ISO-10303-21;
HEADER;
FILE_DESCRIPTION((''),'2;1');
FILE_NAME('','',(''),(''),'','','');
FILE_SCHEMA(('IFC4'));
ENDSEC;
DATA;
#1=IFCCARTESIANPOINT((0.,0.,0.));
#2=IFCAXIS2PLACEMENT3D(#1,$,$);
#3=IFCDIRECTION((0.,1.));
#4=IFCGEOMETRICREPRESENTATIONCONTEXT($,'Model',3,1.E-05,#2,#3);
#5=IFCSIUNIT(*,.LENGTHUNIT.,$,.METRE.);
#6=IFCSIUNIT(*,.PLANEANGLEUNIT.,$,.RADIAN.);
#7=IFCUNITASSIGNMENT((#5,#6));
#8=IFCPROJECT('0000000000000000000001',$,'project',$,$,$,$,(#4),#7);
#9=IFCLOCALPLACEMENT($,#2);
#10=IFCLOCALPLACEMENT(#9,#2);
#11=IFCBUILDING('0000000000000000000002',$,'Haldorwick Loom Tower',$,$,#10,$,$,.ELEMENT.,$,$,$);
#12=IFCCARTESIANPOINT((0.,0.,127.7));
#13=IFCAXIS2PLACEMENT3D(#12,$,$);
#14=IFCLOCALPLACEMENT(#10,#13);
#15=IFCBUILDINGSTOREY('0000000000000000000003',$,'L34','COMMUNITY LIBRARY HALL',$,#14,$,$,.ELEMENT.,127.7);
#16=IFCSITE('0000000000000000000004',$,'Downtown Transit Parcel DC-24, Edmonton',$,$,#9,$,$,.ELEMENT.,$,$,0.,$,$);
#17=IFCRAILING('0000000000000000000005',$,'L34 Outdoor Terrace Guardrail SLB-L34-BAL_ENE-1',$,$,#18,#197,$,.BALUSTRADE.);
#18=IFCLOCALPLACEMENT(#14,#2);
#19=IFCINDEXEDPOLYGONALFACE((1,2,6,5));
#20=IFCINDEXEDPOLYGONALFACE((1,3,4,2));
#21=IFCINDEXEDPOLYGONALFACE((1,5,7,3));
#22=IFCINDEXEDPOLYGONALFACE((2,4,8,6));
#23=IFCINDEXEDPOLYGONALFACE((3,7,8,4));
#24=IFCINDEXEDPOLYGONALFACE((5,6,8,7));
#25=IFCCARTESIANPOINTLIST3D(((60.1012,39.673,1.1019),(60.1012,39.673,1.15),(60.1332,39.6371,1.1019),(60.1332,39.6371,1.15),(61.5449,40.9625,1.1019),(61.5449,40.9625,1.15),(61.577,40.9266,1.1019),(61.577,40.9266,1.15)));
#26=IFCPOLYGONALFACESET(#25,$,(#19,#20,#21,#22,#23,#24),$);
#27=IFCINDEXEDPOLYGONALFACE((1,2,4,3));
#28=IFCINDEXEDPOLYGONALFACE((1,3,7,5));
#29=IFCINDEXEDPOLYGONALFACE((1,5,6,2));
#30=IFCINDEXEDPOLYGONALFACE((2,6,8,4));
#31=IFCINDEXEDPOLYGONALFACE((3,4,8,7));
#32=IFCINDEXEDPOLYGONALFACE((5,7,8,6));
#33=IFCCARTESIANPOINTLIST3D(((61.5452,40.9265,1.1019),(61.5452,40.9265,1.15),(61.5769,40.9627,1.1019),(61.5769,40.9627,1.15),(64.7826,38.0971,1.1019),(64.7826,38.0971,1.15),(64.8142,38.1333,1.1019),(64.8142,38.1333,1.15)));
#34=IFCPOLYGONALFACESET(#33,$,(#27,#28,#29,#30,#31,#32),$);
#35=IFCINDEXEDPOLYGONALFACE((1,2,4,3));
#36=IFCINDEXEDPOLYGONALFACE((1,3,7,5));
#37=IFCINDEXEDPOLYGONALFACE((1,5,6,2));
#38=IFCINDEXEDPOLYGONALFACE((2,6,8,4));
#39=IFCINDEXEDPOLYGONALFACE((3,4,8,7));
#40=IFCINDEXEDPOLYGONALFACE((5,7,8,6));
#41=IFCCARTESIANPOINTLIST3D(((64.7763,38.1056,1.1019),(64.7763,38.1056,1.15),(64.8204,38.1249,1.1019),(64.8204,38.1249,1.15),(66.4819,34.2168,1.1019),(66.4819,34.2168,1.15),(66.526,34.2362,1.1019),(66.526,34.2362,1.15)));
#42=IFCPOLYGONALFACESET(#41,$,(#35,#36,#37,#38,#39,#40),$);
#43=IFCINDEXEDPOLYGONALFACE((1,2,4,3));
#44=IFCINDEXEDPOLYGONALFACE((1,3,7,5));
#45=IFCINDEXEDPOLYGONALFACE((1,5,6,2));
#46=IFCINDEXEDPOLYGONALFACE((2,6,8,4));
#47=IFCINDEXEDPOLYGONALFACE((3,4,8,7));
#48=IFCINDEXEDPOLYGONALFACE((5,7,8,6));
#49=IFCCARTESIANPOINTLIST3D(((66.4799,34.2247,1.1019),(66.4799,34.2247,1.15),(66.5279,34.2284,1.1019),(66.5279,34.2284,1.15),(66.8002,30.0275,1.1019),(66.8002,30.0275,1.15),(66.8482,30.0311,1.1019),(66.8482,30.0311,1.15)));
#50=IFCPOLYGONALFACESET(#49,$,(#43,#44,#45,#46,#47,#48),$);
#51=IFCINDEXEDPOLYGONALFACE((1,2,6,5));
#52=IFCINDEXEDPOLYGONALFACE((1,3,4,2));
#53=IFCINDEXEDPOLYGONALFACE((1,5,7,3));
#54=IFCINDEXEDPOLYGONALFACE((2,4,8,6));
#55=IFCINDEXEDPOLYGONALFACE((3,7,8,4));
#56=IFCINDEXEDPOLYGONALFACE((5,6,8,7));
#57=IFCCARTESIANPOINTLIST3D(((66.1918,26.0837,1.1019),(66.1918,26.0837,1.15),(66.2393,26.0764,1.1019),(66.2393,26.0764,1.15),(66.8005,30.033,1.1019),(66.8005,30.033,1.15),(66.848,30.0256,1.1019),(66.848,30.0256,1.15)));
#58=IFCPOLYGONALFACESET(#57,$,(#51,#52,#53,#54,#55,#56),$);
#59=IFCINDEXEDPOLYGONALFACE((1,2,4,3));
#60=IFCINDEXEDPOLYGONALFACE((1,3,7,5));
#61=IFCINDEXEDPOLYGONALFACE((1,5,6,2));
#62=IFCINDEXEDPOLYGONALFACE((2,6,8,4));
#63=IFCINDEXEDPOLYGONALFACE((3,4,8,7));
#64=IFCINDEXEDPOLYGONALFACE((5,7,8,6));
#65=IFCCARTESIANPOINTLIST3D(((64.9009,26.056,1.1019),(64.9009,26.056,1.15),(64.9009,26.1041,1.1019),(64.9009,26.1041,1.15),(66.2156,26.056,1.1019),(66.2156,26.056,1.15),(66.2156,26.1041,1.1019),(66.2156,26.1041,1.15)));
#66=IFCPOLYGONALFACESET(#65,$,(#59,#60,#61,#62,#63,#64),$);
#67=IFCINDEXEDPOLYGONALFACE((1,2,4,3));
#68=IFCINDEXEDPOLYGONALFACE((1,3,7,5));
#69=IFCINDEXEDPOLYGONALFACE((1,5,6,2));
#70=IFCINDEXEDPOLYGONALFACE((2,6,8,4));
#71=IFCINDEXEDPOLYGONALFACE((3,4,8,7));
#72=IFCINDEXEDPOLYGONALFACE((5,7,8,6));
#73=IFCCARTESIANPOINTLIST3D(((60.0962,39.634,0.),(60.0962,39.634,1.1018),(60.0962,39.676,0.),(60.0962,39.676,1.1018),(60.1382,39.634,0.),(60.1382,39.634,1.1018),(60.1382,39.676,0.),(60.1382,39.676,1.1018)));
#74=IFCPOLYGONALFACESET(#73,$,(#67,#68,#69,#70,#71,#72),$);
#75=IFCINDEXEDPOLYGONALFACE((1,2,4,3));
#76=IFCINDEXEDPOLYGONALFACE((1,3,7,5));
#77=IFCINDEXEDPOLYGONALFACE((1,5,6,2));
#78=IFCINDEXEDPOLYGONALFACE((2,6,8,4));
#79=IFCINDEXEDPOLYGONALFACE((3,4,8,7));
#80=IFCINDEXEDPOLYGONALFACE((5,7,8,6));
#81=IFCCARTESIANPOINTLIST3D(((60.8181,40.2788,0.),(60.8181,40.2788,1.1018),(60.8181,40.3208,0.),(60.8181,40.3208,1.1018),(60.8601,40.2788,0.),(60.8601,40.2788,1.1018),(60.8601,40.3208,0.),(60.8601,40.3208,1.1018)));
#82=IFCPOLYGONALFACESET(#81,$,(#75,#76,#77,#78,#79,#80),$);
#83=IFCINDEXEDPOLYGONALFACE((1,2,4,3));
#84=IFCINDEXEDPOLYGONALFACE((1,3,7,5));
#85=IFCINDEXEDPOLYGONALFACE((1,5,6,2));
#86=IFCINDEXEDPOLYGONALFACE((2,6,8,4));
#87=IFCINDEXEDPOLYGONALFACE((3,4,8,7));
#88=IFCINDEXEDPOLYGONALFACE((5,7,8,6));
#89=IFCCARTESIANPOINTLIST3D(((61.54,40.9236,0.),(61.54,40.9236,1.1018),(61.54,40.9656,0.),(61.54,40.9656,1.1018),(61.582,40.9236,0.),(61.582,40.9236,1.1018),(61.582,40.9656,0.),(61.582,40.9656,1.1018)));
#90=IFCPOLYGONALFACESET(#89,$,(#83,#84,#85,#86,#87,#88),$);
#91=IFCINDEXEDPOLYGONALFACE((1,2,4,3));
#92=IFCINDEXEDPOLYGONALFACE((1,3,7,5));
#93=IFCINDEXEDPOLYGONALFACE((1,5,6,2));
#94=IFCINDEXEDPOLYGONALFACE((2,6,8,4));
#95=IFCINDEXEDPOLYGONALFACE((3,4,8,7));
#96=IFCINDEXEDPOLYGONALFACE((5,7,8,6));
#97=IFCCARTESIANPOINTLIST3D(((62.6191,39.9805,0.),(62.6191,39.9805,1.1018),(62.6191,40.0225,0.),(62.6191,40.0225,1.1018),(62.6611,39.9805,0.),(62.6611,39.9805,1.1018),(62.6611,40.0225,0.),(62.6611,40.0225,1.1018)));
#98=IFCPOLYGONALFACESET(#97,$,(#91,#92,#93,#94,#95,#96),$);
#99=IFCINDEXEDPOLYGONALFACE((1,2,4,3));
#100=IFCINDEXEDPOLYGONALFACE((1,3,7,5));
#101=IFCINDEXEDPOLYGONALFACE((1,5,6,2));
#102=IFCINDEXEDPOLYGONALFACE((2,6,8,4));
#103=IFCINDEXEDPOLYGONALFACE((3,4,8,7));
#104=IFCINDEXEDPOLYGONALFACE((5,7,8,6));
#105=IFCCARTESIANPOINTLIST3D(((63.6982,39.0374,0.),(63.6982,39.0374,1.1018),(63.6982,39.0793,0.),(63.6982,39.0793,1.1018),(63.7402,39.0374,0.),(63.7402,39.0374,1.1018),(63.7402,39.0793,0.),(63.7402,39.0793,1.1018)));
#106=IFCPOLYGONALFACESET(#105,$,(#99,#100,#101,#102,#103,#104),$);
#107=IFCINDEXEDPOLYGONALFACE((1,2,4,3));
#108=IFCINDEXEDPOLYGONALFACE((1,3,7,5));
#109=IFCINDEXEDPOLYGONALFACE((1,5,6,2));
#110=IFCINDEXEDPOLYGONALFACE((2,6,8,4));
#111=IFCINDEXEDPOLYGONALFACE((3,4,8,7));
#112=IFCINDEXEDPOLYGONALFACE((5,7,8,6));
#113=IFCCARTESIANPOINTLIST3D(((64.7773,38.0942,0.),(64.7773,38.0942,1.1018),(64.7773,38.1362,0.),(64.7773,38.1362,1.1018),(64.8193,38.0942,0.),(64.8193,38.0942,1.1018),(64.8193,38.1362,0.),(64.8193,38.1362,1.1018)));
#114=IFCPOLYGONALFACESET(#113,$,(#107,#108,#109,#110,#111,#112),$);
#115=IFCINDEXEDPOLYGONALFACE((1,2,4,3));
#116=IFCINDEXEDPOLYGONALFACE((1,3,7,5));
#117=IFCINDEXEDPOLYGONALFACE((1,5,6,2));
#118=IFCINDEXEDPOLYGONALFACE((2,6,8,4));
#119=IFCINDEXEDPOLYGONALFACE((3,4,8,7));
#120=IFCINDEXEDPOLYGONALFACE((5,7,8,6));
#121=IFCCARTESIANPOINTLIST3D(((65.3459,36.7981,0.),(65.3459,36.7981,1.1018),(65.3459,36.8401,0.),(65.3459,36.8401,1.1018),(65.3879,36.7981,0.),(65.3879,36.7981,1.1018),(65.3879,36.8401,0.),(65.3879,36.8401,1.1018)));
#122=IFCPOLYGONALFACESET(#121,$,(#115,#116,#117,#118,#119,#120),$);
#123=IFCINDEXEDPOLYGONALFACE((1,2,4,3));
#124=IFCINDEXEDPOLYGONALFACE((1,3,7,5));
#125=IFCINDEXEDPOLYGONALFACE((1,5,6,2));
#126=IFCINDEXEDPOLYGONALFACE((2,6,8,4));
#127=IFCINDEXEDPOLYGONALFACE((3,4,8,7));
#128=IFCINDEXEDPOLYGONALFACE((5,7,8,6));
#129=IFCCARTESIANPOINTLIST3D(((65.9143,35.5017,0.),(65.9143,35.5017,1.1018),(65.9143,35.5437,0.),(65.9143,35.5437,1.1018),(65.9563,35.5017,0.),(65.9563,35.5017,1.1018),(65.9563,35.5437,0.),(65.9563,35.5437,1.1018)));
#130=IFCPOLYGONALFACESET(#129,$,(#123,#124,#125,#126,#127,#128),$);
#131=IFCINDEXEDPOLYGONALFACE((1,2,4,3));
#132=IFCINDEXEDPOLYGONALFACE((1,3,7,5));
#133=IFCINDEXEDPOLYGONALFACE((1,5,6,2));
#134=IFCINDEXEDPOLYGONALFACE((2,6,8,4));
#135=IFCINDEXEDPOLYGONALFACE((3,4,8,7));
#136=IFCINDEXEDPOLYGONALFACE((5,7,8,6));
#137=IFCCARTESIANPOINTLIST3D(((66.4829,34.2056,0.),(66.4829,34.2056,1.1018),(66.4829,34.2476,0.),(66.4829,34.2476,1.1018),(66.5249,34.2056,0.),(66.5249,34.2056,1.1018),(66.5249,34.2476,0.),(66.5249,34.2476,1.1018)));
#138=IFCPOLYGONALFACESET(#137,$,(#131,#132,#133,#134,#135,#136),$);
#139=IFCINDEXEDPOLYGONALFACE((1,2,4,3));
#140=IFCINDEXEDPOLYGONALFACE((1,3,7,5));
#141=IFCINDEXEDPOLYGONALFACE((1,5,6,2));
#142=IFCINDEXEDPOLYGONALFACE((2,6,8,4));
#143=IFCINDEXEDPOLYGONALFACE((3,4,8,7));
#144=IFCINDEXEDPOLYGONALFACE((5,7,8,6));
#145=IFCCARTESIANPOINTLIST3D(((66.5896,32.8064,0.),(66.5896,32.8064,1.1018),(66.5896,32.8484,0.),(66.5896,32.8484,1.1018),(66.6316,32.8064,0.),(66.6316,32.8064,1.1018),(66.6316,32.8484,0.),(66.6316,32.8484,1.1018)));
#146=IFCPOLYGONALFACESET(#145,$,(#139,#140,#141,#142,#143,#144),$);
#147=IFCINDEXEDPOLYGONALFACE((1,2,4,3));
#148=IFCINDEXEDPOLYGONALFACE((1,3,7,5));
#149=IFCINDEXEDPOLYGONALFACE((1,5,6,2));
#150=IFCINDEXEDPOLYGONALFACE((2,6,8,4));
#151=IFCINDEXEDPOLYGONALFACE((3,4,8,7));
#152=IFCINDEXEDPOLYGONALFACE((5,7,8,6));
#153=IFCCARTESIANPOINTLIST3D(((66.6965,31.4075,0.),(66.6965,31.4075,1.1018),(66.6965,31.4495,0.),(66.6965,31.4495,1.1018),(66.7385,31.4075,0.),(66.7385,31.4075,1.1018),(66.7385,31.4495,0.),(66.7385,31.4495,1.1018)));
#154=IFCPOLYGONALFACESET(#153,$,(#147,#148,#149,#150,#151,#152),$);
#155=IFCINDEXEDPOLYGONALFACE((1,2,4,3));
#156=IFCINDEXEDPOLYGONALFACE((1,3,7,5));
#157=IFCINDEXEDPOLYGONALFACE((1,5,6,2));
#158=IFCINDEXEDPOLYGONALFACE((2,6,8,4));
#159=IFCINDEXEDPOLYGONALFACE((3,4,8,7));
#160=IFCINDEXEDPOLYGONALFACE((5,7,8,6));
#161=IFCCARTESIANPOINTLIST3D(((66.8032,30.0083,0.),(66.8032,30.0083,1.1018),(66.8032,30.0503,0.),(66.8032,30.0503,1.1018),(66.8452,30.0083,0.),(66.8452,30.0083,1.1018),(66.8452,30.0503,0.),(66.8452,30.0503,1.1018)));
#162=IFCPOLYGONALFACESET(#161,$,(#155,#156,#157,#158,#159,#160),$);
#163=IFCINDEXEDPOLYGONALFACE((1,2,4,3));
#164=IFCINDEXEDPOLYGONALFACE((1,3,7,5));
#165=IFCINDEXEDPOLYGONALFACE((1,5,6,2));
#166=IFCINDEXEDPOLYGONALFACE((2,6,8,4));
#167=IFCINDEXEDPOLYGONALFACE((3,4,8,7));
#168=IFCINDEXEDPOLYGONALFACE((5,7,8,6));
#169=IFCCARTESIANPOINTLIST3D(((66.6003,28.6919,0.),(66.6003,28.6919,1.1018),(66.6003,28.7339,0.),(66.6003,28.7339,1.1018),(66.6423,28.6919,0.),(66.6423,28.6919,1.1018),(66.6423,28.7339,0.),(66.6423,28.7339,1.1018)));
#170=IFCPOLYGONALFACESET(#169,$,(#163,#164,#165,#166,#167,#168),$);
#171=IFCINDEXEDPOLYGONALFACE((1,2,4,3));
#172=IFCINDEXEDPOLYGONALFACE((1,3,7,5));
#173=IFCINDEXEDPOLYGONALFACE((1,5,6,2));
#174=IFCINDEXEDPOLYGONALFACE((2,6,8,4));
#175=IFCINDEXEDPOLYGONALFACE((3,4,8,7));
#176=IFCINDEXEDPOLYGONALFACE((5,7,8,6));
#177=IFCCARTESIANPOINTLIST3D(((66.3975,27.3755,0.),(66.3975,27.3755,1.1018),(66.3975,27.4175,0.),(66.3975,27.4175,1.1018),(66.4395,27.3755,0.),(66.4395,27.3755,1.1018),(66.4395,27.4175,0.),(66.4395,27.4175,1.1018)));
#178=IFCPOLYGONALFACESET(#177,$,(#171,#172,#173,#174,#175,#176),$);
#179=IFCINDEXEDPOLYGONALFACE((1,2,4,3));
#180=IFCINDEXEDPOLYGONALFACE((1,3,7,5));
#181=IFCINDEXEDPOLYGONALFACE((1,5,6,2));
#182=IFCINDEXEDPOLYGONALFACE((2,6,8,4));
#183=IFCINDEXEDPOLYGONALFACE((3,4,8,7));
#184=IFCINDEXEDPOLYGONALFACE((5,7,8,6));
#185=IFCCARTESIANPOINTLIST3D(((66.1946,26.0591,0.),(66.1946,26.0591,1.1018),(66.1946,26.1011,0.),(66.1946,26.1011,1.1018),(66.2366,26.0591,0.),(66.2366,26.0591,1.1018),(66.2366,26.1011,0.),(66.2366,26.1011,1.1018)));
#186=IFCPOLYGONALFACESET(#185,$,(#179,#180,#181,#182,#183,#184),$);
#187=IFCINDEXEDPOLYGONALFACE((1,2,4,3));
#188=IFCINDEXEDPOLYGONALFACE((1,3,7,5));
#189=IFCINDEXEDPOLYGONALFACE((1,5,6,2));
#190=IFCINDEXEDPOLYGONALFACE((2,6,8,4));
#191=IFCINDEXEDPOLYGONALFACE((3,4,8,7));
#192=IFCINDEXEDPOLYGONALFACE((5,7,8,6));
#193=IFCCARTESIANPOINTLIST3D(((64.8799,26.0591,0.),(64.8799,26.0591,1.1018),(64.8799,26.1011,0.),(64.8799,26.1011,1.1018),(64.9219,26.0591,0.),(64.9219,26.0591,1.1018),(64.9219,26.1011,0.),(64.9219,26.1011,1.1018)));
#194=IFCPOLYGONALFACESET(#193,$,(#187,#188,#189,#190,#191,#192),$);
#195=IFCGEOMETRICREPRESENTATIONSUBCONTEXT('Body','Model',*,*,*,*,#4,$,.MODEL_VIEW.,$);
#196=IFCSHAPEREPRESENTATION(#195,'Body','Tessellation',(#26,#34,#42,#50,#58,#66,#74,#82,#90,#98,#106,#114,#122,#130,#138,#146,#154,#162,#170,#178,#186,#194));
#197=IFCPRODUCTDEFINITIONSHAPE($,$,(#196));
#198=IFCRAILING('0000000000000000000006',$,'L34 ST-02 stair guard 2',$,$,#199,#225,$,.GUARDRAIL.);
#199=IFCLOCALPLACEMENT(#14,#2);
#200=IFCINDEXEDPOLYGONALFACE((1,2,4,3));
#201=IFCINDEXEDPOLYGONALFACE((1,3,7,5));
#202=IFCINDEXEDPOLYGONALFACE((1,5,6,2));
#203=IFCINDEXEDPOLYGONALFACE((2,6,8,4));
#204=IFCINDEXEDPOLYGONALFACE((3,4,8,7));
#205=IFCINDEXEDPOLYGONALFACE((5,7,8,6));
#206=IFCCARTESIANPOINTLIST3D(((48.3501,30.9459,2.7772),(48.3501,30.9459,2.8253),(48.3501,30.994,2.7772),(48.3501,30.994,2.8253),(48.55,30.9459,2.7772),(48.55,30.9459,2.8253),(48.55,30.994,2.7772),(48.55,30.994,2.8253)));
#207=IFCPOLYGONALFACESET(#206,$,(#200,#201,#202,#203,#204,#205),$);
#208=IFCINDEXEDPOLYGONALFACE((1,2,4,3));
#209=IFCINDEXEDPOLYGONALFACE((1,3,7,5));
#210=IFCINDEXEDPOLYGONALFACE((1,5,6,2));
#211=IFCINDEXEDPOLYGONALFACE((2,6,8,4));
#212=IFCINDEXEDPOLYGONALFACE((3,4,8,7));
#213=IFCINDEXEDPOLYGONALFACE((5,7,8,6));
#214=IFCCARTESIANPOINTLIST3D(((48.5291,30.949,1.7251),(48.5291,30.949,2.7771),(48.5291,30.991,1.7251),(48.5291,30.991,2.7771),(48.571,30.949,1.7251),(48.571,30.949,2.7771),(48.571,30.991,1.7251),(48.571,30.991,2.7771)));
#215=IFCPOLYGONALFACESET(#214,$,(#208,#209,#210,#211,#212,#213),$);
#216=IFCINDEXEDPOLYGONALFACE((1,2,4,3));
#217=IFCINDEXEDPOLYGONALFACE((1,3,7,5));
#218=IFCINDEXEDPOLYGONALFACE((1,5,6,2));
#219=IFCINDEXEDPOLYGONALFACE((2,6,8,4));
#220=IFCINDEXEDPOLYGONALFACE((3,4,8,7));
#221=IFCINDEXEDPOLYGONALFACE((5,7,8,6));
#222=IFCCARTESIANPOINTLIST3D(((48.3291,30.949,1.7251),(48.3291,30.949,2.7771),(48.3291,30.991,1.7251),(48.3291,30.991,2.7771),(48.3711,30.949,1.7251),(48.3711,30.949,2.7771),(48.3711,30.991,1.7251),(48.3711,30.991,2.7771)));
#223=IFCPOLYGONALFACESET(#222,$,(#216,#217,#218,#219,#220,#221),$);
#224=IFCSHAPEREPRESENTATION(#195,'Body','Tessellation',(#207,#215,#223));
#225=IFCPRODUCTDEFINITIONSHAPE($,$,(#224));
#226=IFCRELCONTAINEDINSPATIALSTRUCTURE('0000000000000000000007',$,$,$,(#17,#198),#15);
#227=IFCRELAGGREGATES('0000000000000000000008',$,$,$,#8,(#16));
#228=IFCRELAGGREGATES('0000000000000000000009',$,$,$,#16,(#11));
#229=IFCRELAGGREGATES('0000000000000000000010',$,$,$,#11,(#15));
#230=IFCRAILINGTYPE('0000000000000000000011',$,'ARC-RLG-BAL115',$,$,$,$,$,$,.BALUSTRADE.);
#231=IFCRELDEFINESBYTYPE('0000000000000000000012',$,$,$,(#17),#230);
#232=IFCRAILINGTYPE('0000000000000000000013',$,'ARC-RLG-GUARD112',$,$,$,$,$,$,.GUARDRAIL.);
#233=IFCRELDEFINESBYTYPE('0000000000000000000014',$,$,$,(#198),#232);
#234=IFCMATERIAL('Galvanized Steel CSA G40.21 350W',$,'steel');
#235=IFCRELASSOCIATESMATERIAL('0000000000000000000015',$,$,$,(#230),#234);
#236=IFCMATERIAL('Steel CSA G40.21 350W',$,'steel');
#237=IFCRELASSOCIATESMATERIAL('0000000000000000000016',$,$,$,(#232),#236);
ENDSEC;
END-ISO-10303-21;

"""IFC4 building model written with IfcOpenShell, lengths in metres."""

from ifc_helpers import new_model, si_unit, direction, frame, origin, origin_2d, place, context, subcontext, project, spatial, rectangle, extrude, material, type_object, element, save


model = new_model("IFC4")

# Units and contexts
model_context = context("Model", 3, precision=1e-05, world=origin(), true_north=direction((0.0, 1.0)))
body_context = subcontext(model_context, "Body", "Model", "MODEL_VIEW")
ifc_project = project(units=[si_unit("LENGTHUNIT", "METRE"), si_unit("PLANEANGLEUNIT", "RADIAN")], contexts=[model_context])

# Site, building, storey
site_placement = place(None, origin())
site = spatial("IfcSite", under=ifc_project, at=site_placement, Name="Downtown Transit Parcel DC-24, Edmonton", CompositionType="ELEMENT", RefElevation=0.0)
building_placement = place(site_placement, origin())
building = spatial("IfcBuilding", under=site, at=building_placement, Name="Haldorwick Loom Tower", CompositionType="ELEMENT")
storey_placement = place(building_placement, frame((0.0, 0.0, 127.7)))
storey = spatial("IfcBuildingStorey", under=building, at=storey_placement, Name="L34", Description="COMMUNITY LIBRARY HALL", CompositionType="ELEMENT", Elevation=127.7)

# Shared definitions
ifc_material_1 = material(Name="Steel CSA G40.21 350W", Category="steel")

# Railings
ifc_material_2 = material(Name="Galvanized Steel CSA G40.21 350W", Category="steel")
railing_type_1 = type_object("IfcRailingType", Name="ARC-RLG-BAL115", PredefinedType="BALUSTRADE", material=ifc_material_2)
railing_1_placement = place(storey_placement, frame((60.1172, 39.655, 0.0)))
element("IfcRailing", 1, at=railing_1_placement, inside=storey, type_object=railing_type_1, Name="L34 Outdoor Terrace Guardrail SLB-L34-BAL_ENE-1", PredefinedType="BALUSTRADE", context=body_context, shape_type="SweptSolid", body=[
    extrude(rectangle(XDim=0.0481, YDim=0.0481, at=origin_2d()), frame((0.0, 0.0, 1.126), z_axis=(0.745835, 0.666131, 0.0), x_axis=(-0.666131, 0.745835, 0.0)), (0.0, 0.0, 1.0), 1.9358),
    extrude(rectangle(XDim=0.0481, YDim=0.0481, at=origin_2d()), frame((1.4438, 1.2896, 1.126), z_axis=(0.752956, -0.65807, 0.0), x_axis=(0.65807, 0.752956, 0.0)), (0.0, 0.0, 1.0), 4.2996),
    extrude(rectangle(XDim=0.0481, YDim=0.0481, at=origin_2d()), frame((4.6812, -1.5398, 1.126), z_axis=(0.401663, -0.915787, 0.0), x_axis=(0.915787, 0.401663, 0.0)), (0.0, 0.0, 1.0), 4.2463),
    extrude(rectangle(XDim=0.0481, YDim=0.0481, at=origin_2d()), frame((6.3867, -5.4285, 1.126), z_axis=(0.076093, -0.997101, 0.0), x_axis=(0.997101, 0.076093, 0.0)), (0.0, 0.0, 1.0), 4.2095),
    extrude(rectangle(XDim=0.0481, YDim=0.0481, at=origin_2d()), frame((6.707, -9.6257, 1.126), z_axis=(-0.152319, -0.988331, 0.0), x_axis=(0.988331, -0.152319, 0.0)), (0.0, 0.0, 1.0), 3.9958),
    extrude(rectangle(XDim=0.0481, YDim=0.0481, at=origin_2d()), frame((6.0984, -13.575, 1.126), z_axis=(-1.0, 0.0, 0.0), x_axis=(0.0, -1.0, 0.0)), (0.0, 0.0, 1.0), 1.3147),
    extrude(rectangle(XDim=0.042, YDim=0.042, at=origin_2d()), origin(), (0.0, 0.0, 1.0), 1.1018),
    extrude(rectangle(XDim=0.042, YDim=0.042, at=origin_2d()), frame((0.7219, 0.6448, 0.0)), (0.0, 0.0, 1.0), 1.1018),
    extrude(rectangle(XDim=0.042, YDim=0.042, at=origin_2d()), frame((1.4438, 1.2896, 0.0)), (0.0, 0.0, 1.0), 1.1018),
    extrude(rectangle(XDim=0.042, YDim=0.042, at=origin_2d()), frame((2.5229, 0.3464, 0.0)), (0.0, 0.0, 1.0), 1.1018),
    extrude(rectangle(XDim=0.042, YDim=0.042, at=origin_2d()), frame((3.6021, -0.5967, 0.0)), (0.0, 0.0, 1.0), 1.1018),
    extrude(rectangle(XDim=0.042, YDim=0.042, at=origin_2d()), frame((4.6812, -1.5398, 0.0)), (0.0, 0.0, 1.0), 1.1018),
    extrude(rectangle(XDim=0.042, YDim=0.042, at=origin_2d()), frame((5.2498, -2.8359, 0.0)), (0.0, 0.0, 1.0), 1.1018),
    extrude(rectangle(XDim=0.042, YDim=0.042, at=origin_2d()), frame((5.8181, -4.1323, 0.0)), (0.0, 0.0, 1.0), 1.1018),
    extrude(rectangle(XDim=0.042, YDim=0.042, at=origin_2d()), frame((6.3867, -5.4285, 0.0)), (0.0, 0.0, 1.0), 1.1018),
    extrude(rectangle(XDim=0.042, YDim=0.042, at=origin_2d()), frame((6.4934, -6.8276, 0.0)), (0.0, 0.0, 1.0), 1.1018),
    extrude(rectangle(XDim=0.042, YDim=0.042, at=origin_2d()), frame((6.6003, -8.2266, 0.0)), (0.0, 0.0, 1.0), 1.1018),
    extrude(rectangle(XDim=0.042, YDim=0.042, at=origin_2d()), frame((6.707, -9.6257, 0.0)), (0.0, 0.0, 1.0), 1.1018),
    extrude(rectangle(XDim=0.042, YDim=0.042, at=origin_2d()), frame((6.5042, -10.9421, 0.0)), (0.0, 0.0, 1.0), 1.1018),
    extrude(rectangle(XDim=0.042, YDim=0.042, at=origin_2d()), frame((6.3013, -12.2585, 0.0)), (0.0, 0.0, 1.0), 1.1018),
    extrude(rectangle(XDim=0.042, YDim=0.042, at=origin_2d()), frame((6.0984, -13.575, 0.0)), (0.0, 0.0, 1.0), 1.1018),
    extrude(rectangle(XDim=0.042, YDim=0.042, at=origin_2d()), frame((4.7837, -13.575, 0.0)), (0.0, 0.0, 1.0), 1.1018),
])
railing_type_2 = type_object("IfcRailingType", Name="ARC-RLG-GUARD112", PredefinedType="GUARDRAIL", material=ifc_material_1)
railing_2_placement = place(storey_placement, frame((48.55, 30.97, 1.7251)))
element("IfcRailing", 2, at=railing_2_placement, inside=storey, type_object=railing_type_2, Name="L34 ST-02 stair guard 2", PredefinedType="GUARDRAIL", context=body_context, shape_type="SweptSolid", body=[
    extrude(rectangle(XDim=0.0481, YDim=0.0481, at=origin_2d()), frame((0.0, 0.0, 1.0762), z_axis=(-1.0, 0.0, 0.0), x_axis=(0.0, -1.0, 0.0)), (0.0, 0.0, 1.0), 0.2),
    extrude(rectangle(XDim=0.042, YDim=0.042, at=origin_2d()), origin(), (0.0, 0.0, 1.0), 1.052),
    extrude(rectangle(XDim=0.042, YDim=0.042, at=origin_2d()), frame((-0.2, 0.0, 0.0)), (0.0, 0.0, 1.0), 1.052),
])

save(model, "model.ifc")
